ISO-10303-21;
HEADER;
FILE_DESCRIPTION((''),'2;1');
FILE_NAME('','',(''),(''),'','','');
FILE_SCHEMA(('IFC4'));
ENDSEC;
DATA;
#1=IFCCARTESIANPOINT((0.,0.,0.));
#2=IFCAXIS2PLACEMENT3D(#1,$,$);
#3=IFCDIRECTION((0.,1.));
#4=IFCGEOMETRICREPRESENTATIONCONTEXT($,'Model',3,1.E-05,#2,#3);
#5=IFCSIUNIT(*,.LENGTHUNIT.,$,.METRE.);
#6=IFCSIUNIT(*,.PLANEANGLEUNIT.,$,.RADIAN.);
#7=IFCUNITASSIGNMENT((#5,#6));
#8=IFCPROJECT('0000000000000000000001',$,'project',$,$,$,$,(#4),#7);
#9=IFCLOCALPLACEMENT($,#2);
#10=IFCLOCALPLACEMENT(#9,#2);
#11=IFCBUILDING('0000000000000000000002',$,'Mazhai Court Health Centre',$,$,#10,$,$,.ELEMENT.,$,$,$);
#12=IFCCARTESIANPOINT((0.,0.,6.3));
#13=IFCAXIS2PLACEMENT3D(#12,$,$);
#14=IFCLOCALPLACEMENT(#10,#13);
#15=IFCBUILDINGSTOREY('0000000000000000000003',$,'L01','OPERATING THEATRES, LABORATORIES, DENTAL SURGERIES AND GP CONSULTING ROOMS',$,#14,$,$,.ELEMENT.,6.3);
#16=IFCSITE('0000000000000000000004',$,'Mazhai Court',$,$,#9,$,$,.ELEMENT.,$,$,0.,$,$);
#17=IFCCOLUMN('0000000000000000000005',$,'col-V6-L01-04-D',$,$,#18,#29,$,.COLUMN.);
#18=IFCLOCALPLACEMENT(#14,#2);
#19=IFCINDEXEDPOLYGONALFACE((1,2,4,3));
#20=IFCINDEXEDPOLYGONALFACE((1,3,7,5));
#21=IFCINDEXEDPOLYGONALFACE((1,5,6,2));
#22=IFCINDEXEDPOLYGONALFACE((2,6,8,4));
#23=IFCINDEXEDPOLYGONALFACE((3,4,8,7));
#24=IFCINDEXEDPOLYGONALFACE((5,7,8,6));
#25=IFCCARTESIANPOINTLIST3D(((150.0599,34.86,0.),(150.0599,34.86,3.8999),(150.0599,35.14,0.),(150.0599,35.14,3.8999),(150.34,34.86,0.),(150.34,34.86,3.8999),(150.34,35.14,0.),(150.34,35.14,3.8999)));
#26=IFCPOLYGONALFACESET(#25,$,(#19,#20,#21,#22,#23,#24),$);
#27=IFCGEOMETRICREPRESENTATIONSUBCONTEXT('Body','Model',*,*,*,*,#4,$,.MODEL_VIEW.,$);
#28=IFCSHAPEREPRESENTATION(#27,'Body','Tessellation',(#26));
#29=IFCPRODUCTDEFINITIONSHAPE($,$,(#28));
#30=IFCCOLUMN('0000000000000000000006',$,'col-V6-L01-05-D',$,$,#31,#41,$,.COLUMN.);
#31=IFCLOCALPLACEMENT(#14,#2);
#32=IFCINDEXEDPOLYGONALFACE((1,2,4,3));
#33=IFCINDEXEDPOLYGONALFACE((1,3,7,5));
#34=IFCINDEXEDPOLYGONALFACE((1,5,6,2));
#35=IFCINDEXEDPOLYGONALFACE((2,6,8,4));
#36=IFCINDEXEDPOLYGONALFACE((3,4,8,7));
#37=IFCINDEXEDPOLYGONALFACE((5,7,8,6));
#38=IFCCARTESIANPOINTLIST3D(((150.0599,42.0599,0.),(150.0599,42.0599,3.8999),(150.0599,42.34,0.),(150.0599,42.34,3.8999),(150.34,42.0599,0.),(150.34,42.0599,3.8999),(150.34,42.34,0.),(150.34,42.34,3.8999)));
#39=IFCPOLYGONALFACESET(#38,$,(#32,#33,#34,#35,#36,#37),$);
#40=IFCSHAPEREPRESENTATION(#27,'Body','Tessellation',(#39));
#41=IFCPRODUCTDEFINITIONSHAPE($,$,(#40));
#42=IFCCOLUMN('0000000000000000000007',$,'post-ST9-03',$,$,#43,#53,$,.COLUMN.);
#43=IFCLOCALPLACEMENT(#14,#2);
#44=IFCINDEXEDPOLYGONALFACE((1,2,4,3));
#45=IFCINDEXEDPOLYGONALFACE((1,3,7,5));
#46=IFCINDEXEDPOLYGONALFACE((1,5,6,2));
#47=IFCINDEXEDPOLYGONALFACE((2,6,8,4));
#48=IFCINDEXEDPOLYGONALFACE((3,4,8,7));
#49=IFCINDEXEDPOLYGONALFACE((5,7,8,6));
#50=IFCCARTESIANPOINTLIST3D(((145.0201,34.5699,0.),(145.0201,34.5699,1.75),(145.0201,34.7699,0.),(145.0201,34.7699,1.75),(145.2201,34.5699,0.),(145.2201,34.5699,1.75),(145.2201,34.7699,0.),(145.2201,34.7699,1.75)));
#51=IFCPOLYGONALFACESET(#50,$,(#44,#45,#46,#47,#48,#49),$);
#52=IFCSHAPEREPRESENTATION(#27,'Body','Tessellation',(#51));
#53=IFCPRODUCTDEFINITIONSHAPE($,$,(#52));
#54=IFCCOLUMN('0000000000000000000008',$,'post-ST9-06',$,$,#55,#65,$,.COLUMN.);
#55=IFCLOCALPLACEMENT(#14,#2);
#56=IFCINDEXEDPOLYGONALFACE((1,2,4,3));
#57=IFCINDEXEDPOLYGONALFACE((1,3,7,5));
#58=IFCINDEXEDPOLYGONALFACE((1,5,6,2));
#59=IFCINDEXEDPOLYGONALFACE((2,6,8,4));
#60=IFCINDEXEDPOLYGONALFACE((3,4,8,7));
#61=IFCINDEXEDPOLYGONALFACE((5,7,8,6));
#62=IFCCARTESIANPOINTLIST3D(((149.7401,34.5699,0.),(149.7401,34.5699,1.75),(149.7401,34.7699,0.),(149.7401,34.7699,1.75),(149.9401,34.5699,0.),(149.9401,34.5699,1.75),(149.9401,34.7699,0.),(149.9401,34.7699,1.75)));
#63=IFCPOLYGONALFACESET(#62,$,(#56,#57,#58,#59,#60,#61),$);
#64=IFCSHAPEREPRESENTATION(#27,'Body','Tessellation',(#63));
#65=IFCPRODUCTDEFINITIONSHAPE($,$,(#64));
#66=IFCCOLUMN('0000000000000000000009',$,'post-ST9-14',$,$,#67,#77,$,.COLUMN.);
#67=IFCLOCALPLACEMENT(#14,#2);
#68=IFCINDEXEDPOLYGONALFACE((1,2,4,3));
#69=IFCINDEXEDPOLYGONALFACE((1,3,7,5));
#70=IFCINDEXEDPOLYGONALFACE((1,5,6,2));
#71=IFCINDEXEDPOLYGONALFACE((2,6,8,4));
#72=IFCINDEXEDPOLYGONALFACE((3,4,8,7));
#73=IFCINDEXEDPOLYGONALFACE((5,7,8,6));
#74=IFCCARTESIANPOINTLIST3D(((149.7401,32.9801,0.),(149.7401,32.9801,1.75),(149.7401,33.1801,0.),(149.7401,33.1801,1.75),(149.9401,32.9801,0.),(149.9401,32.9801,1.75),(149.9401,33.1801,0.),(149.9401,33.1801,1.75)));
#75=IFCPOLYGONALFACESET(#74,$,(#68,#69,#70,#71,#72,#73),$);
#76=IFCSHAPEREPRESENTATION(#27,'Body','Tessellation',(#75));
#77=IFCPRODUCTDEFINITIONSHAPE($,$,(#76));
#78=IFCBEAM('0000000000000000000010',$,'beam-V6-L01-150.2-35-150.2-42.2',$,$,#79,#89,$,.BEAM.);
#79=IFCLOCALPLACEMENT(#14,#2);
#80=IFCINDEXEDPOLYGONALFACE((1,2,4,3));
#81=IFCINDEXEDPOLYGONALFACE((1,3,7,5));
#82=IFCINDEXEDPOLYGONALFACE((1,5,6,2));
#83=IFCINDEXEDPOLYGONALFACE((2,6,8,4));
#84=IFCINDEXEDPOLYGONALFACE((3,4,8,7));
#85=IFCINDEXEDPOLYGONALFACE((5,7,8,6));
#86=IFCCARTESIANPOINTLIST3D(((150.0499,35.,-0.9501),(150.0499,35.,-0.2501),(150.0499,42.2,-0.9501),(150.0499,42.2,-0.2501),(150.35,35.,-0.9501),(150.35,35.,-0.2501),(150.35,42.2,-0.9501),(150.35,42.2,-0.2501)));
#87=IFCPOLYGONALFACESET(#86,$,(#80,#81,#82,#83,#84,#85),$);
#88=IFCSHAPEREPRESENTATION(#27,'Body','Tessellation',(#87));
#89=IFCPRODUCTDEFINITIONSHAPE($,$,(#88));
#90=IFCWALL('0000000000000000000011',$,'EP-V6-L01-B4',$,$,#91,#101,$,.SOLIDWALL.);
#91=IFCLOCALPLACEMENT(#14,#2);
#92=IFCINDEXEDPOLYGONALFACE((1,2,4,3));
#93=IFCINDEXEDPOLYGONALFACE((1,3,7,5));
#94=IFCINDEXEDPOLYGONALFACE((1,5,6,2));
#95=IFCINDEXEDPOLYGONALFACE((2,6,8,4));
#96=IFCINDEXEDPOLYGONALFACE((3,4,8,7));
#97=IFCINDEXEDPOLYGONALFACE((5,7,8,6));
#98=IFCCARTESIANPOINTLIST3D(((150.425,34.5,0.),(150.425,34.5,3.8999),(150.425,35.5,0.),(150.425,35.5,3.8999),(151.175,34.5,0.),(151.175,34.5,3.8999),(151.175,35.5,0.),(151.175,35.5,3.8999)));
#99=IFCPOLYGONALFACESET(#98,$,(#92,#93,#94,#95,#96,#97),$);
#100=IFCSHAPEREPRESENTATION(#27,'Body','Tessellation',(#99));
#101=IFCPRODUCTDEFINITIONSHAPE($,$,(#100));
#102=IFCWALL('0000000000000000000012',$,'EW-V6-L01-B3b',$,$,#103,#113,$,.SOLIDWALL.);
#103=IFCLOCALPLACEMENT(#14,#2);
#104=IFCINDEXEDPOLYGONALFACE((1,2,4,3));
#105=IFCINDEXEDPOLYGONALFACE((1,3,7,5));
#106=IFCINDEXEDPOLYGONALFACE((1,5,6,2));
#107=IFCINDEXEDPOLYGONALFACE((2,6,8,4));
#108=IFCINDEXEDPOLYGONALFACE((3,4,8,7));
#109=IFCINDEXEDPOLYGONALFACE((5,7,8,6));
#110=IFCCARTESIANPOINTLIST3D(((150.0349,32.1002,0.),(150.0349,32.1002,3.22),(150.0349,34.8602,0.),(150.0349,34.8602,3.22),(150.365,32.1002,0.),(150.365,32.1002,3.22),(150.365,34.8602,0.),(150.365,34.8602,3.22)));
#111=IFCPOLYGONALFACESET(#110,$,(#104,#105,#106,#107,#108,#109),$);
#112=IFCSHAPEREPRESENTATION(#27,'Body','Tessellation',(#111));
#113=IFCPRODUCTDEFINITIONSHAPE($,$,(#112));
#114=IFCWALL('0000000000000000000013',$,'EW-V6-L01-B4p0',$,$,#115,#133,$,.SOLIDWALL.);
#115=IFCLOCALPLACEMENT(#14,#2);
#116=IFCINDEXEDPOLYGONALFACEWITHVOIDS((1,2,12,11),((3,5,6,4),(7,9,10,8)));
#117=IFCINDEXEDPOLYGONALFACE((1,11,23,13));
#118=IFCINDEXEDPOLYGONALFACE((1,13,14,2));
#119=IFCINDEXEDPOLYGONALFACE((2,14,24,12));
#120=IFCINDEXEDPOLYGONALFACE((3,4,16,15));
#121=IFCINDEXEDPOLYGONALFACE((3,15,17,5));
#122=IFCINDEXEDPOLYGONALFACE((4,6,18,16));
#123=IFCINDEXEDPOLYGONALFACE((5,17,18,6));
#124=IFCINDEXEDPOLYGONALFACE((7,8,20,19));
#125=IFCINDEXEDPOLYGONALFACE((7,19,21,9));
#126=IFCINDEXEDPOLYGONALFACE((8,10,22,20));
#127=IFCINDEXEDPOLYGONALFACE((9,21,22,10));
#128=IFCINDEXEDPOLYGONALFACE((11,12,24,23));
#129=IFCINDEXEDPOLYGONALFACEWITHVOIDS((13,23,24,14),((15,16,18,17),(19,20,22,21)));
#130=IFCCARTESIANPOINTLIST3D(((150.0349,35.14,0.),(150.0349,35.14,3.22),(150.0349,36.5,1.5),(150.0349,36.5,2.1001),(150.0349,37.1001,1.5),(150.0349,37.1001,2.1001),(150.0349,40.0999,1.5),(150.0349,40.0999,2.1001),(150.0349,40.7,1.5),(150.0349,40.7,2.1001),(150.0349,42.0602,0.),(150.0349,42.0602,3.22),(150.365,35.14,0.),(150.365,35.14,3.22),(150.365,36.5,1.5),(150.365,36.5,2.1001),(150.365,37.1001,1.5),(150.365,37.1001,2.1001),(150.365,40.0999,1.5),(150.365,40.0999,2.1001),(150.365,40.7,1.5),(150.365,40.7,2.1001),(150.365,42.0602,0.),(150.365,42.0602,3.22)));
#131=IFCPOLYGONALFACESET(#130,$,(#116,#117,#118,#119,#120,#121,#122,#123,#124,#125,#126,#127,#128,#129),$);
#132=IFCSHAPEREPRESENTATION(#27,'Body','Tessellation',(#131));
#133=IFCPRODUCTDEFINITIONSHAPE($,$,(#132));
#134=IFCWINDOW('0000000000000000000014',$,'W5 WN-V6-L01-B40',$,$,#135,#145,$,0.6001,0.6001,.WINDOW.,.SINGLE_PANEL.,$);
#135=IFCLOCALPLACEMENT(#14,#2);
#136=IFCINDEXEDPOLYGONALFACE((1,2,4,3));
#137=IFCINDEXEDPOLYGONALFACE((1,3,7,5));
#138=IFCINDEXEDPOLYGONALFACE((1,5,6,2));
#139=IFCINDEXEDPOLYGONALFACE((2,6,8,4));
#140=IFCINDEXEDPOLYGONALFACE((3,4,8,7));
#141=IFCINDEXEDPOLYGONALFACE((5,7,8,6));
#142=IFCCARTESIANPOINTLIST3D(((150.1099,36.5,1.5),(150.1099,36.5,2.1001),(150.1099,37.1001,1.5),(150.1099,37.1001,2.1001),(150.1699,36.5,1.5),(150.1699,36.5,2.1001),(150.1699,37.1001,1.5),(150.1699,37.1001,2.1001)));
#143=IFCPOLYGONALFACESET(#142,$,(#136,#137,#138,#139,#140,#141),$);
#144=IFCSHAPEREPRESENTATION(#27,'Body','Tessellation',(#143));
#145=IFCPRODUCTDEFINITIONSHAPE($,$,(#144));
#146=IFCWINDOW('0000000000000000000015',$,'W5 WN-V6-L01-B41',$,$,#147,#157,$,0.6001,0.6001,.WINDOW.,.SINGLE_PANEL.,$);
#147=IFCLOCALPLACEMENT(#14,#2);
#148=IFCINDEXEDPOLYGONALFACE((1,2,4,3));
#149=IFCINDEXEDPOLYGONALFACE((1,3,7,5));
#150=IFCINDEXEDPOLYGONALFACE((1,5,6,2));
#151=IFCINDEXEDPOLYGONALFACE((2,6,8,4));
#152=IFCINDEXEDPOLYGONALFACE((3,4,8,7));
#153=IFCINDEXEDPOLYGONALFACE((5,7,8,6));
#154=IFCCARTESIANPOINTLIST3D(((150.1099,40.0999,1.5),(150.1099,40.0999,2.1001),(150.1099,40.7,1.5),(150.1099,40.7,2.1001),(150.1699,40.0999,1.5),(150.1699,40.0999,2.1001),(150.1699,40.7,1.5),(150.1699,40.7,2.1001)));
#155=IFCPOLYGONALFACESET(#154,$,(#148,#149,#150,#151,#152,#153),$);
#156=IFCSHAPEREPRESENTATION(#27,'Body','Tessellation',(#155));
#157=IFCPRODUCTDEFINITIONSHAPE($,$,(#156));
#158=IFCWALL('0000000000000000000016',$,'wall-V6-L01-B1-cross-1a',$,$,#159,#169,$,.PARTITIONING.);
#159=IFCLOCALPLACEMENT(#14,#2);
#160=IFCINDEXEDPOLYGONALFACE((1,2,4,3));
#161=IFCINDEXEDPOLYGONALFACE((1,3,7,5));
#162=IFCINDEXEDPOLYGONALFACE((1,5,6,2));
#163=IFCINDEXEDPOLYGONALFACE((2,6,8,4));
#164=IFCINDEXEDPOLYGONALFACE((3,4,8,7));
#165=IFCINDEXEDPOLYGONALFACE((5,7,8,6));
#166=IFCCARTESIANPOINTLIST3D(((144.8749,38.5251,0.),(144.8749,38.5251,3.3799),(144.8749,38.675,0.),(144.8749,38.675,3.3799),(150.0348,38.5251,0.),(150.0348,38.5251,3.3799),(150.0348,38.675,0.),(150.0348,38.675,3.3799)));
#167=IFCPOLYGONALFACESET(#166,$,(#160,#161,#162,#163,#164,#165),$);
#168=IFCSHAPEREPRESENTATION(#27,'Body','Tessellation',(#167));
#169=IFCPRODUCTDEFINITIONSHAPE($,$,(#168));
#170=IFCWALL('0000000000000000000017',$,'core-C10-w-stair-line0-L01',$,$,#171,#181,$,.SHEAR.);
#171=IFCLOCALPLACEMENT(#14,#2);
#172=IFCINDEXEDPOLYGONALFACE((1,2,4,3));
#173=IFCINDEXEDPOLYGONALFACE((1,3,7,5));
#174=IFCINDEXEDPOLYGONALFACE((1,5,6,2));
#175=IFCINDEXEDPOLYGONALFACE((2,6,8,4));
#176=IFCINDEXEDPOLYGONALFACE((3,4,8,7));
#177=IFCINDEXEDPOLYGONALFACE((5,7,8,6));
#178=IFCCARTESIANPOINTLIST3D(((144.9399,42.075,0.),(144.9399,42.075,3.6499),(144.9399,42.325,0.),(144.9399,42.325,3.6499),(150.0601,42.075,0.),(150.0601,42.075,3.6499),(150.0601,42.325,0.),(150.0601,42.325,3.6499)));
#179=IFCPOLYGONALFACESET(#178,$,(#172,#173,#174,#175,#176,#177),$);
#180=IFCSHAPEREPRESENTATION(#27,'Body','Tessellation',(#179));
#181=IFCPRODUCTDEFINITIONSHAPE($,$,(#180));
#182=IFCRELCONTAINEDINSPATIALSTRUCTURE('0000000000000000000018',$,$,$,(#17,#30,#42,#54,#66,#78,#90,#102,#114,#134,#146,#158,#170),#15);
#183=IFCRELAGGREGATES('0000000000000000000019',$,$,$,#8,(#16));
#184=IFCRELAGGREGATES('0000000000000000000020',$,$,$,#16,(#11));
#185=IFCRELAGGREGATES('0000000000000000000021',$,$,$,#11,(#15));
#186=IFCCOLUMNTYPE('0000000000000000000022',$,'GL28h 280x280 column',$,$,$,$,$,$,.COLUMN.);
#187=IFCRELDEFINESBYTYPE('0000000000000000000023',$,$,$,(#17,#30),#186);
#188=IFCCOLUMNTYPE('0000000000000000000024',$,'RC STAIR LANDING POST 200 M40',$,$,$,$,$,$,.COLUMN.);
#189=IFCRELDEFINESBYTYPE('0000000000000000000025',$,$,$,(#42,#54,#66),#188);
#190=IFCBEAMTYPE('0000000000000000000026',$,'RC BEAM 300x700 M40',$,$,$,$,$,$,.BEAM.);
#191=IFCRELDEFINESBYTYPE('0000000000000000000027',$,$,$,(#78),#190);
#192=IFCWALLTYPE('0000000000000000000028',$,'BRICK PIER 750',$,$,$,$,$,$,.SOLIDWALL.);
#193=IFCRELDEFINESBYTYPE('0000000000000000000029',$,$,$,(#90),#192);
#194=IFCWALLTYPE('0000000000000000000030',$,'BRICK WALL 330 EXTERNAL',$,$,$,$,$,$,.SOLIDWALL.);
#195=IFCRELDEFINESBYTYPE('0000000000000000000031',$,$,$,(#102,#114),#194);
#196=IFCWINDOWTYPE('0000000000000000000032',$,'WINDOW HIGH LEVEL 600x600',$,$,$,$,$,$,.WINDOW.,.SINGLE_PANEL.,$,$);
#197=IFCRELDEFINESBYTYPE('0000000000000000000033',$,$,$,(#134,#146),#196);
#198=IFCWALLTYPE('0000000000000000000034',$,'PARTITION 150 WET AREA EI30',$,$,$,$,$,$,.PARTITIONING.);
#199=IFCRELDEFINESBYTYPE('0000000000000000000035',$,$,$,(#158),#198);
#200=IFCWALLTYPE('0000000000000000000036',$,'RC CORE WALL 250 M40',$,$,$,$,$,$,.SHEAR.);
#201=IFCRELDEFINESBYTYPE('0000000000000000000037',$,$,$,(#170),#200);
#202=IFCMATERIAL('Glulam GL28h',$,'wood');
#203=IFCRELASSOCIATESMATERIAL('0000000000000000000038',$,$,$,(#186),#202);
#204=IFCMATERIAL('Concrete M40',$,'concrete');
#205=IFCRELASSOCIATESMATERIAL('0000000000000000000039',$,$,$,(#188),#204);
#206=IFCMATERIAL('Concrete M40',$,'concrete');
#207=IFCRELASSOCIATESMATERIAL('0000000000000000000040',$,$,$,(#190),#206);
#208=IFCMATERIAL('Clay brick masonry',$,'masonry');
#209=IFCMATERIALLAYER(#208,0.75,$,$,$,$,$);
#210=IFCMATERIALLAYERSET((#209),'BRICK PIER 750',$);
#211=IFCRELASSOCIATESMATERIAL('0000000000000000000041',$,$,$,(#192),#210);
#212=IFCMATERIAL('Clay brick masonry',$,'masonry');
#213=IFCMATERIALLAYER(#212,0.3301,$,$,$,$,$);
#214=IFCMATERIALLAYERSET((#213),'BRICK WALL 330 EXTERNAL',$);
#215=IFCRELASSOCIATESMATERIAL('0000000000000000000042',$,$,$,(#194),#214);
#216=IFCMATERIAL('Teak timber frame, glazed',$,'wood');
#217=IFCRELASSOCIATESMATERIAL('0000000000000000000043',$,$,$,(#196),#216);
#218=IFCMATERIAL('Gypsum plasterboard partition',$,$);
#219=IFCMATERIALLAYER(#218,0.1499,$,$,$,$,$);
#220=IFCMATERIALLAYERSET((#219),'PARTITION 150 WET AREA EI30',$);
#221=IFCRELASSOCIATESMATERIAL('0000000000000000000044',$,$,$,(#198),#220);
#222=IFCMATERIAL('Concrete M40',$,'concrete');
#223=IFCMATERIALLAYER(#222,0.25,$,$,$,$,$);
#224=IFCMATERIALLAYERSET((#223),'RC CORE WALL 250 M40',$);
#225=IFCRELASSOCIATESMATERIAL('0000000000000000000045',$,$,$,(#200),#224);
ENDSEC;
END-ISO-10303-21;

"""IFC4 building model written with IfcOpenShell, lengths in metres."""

from ifc_helpers import new_model, si_unit, direction, frame, frame_2d, origin, origin_2d, place, context, subcontext, project, spatial, rectangle, extrude, material, layer, layer_set, material_profile, profile_set, type_object, element, fill, save


model = new_model("IFC4")

# Units and contexts
model_context = context("Model", 3, precision=1e-05, world=origin(), true_north=direction((0.0, 1.0)))
body_context = subcontext(model_context, "Body", "Model", "MODEL_VIEW")
ifc_project = project(units=[si_unit("LENGTHUNIT", "METRE"), si_unit("PLANEANGLEUNIT", "RADIAN")], contexts=[model_context])

# Site, building, storey
site_placement = place(None, origin())
site = spatial("IfcSite", under=ifc_project, at=site_placement, Name="Mazhai Court", CompositionType="ELEMENT", RefElevation=0.0)
building_placement = place(site_placement, origin())
building = spatial("IfcBuilding", under=site, at=building_placement, Name="Mazhai Court Health Centre", CompositionType="ELEMENT")
storey_placement = place(building_placement, frame((0.0, 0.0, 6.3)))
storey = spatial("IfcBuildingStorey", under=building, at=storey_placement, Name="L01", Description="OPERATING THEATRES, LABORATORIES, DENTAL SURGERIES AND GP CONSULTING ROOMS", CompositionType="ELEMENT", Elevation=6.3)

# Columns
ifc_material_1 = material(Name="Glulam GL28h", Category="wood")
ifc_material_profile_1 = material_profile(ifc_material_1, rectangle(XDim=0.28, YDim=0.28, at=origin_2d()), Name="GL28h 280x280")
ifc_profile_set_1 = profile_set([ifc_material_profile_1], Name="Glulam GL28h")
column_type_1 = type_object("IfcColumnType", Name="GL28h 280x280 column", PredefinedType="COLUMN", material=ifc_profile_set_1)
for number, where, z_axis, x_axis, name in (
    (1, (150.2, 35.0, 0.0), (0.0, 0.0, 1.0), (1.0, 0.0, 0.0), "col-V6-L01-04-D"),
    (2, (150.2, 42.2, 0.0), (0.0, 0.0, 1.0), (1.0, 0.0, 0.0), "col-V6-L01-05-D"),
):
    element("IfcColumn", number, at=place(storey_placement, frame(where, z_axis=z_axis, x_axis=x_axis)), inside=storey, type_object=column_type_1, Name=name, PredefinedType="COLUMN", context=body_context, shape_type="SweptSolid", body=[
        extrude(rectangle(XDim=0.28, YDim=0.28, at=origin_2d()), origin(), (0.0, 0.0, 1.0), 3.8999),
    ])
ifc_material_2 = material(Name="Concrete M40", Category="concrete")
ifc_material_profile_2 = material_profile(ifc_material_2, rectangle(XDim=0.2, YDim=0.2, at=origin_2d()), Name="RC 200x200")
ifc_profile_set_2 = profile_set([ifc_material_profile_2], Name="Concrete M40")
column_type_2 = type_object("IfcColumnType", Name="RC STAIR LANDING POST 200 M40", PredefinedType="COLUMN", material=ifc_profile_set_2)
for number, where, z_axis, x_axis, name in (
    (3, (145.1201, 34.6699, 0.0), (0.0, 0.0, 1.0), (1.0, 0.0, 0.0), "post-ST9-03"),
    (4, (149.8401, 34.6699, 0.0), (0.0, 0.0, 1.0), (1.0, 0.0, 0.0), "post-ST9-06"),
    (5, (149.8401, 33.0801, 0.0), (0.0, 0.0, 1.0), (1.0, 0.0, 0.0), "post-ST9-14"),
):
    element("IfcColumn", number, at=place(storey_placement, frame(where, z_axis=z_axis, x_axis=x_axis)), inside=storey, type_object=column_type_2, Name=name, PredefinedType="COLUMN", context=body_context, shape_type="SweptSolid", body=[
        extrude(rectangle(XDim=0.2, YDim=0.2, at=origin_2d()), origin(), (0.0, 0.0, 1.0), 1.75),
    ])

# Beam
ifc_material_3 = material(Name="Concrete M40", Category="concrete")
ifc_material_profile_3 = material_profile(ifc_material_3, rectangle(XDim=0.3, YDim=0.7, at=origin_2d()), Name="RC 300x700")
ifc_profile_set_3 = profile_set([ifc_material_profile_3], Name="Concrete M40")
beam_type = type_object("IfcBeamType", Name="RC BEAM 300x700 M40", PredefinedType="BEAM", material=ifc_profile_set_3)
beam_placement = place(storey_placement, frame((150.2, 35.0, -0.6001), z_axis=(0.0, 1.0, 0.0), x_axis=(-1.0, 0.0, 0.0)))
element("IfcBeam", 6, at=beam_placement, inside=storey, type_object=beam_type, Name="beam-V6-L01-150.2-35-150.2-42.2", PredefinedType="BEAM", context=body_context, shape_type="SweptSolid", body=[
    extrude(rectangle(XDim=0.3, YDim=0.7, at=origin_2d()), origin(), (0.0, 0.0, 1.0), 7.2),
])

# Walls
ifc_material_4 = material(Name="Clay brick masonry", Category="masonry")
ifc_layer_1 = layer(ifc_material_4, 0.75)
ifc_layer_set_1 = layer_set([ifc_layer_1], Name="BRICK PIER 750")
wall_type_1 = type_object("IfcWallType", Name="BRICK PIER 750", PredefinedType="SOLIDWALL", material=ifc_layer_set_1)
wall_1_placement = place(storey_placement, frame((150.8, 35.5, 0.0), z_axis=(0.0, 0.0, 1.0), x_axis=(0.0, -1.0, 0.0)))
element("IfcWall", 7, at=wall_1_placement, inside=storey, type_object=wall_type_1, Name="EP-V6-L01-B4", PredefinedType="SOLIDWALL", context=body_context, shape_type="SweptSolid", body=[
    extrude(rectangle(XDim=1.0, YDim=0.75, at=frame_2d((0.5, 0.0))), origin(), (0.0, 0.0, 1.0), 3.8999),
])
ifc_material_5 = material(Name="Clay brick masonry", Category="masonry")
ifc_layer_2 = layer(ifc_material_5, 0.3301)
ifc_layer_set_2 = layer_set([ifc_layer_2], Name="BRICK WALL 330 EXTERNAL")
wall_type_2 = type_object("IfcWallType", Name="BRICK WALL 330 EXTERNAL", PredefinedType="SOLIDWALL", material=ifc_layer_set_2)
wall_2_placement = place(storey_placement, frame((150.2, 34.8601, 0.0), z_axis=(0.0, 0.0, 1.0), x_axis=(0.0, -1.0, 0.0)))
element("IfcWall", 8, at=wall_2_placement, inside=storey, type_object=wall_type_2, Name="EW-V6-L01-B3b", PredefinedType="SOLIDWALL", context=body_context, shape_type="SweptSolid", body=[
    extrude(rectangle(XDim=2.76, YDim=0.3301, at=frame_2d((1.3799, 0.0))), origin(), (0.0, 0.0, 1.0), 3.22),
])

# Wall, openings, windows
wall_3_placement = place(storey_placement, frame((150.2, 42.0601, 0.0), z_axis=(0.0, 0.0, 1.0), x_axis=(0.0, -1.0, 0.0)))
wall_3 = element("IfcWall", 9, at=wall_3_placement, inside=storey, type_object=wall_type_2, Name="EW-V6-L01-B4p0", PredefinedType="SOLIDWALL", context=body_context, shape_type="SweptSolid", body=[
    extrude(rectangle(XDim=6.9202, YDim=0.3301, at=frame_2d((3.46, 0.0))), origin(), (0.0, 0.0, 1.0), 3.22),
])
opening_1_placement = place(wall_3_placement, frame((4.96, 0.0, 1.5)))
opening_1 = element("IfcOpeningElement", 10, at=opening_1_placement, cuts=wall_3, PredefinedType="OPENING", context=body_context, shape_type="SweptSolid", body=[
    extrude(rectangle(XDim=0.6001, YDim=0.6001, at=frame_2d((0.3, 0.3))), frame((0.0, 0.175, 0.0), z_axis=(0.0, -1.0, 0.0), x_axis=(1.0, 0.0, 0.0)), (0.0, 0.0, 1.0), 0.3501),
])
opening_2_placement = place(wall_3_placement, frame((1.3601, 0.0, 1.5)))
opening_2 = element("IfcOpeningElement", 11, at=opening_2_placement, cuts=wall_3, PredefinedType="OPENING", context=body_context, shape_type="SweptSolid", body=[
    extrude(rectangle(XDim=0.6001, YDim=0.6001, at=frame_2d((0.3, 0.3))), frame((0.0, 0.175, 0.0), z_axis=(0.0, -1.0, 0.0), x_axis=(1.0, 0.0, 0.0)), (0.0, 0.0, 1.0), 0.3501),
])
ifc_material_6 = material(Name="Teak timber frame, glazed", Category="wood")
window_type = type_object("IfcWindowType", Name="WINDOW HIGH LEVEL 600x600", PartitioningType="SINGLE_PANEL", PredefinedType="WINDOW", material=ifc_material_6)
window_1_placement = place(opening_1_placement, origin())
window_1 = element("IfcWindow", 12, at=window_1_placement, inside=storey, type_object=window_type, Name="W5 WN-V6-L01-B40", OverallHeight=0.6001, OverallWidth=0.6001, PartitioningType="SINGLE_PANEL", PredefinedType="WINDOW", context=body_context, shape_type="SweptSolid", body=[
    extrude(rectangle(XDim=0.6001, YDim=0.6001, at=frame_2d((0.3, 0.3))), frame((0.0, -0.03, 0.0), z_axis=(0.0, -1.0, 0.0), x_axis=(1.0, 0.0, 0.0)), (0.0, 0.0, 1.0), 0.0601),
])
fill(opening_1, window_1)
window_2_placement = place(opening_2_placement, origin())
window_2 = element("IfcWindow", 13, at=window_2_placement, inside=storey, type_object=window_type, Name="W5 WN-V6-L01-B41", OverallHeight=0.6001, OverallWidth=0.6001, PartitioningType="SINGLE_PANEL", PredefinedType="WINDOW", context=body_context, shape_type="SweptSolid", body=[
    extrude(rectangle(XDim=0.6001, YDim=0.6001, at=frame_2d((0.3, 0.3))), frame((0.0, -0.03, 0.0), z_axis=(0.0, -1.0, 0.0), x_axis=(1.0, 0.0, 0.0)), (0.0, 0.0, 1.0), 0.0601),
])
fill(opening_2, window_2)

# Walls
ifc_material_7 = material(Name="Gypsum plasterboard partition")
ifc_layer_3 = layer(ifc_material_7, 0.1499)
ifc_layer_set_3 = layer_set([ifc_layer_3], Name="PARTITION 150 WET AREA EI30")
wall_type_3 = type_object("IfcWallType", Name="PARTITION 150 WET AREA EI30", PredefinedType="PARTITIONING", material=ifc_layer_set_3)
wall_4_placement = place(storey_placement, frame((150.0349, 38.6001, 0.0), z_axis=(0.0, 0.0, 1.0), x_axis=(-1.0, 0.0, 0.0)))
element("IfcWall", 14, at=wall_4_placement, inside=storey, type_object=wall_type_3, Name="wall-V6-L01-B1-cross-1a", PredefinedType="PARTITIONING", context=body_context, shape_type="SweptSolid", body=[
    extrude(rectangle(XDim=5.1599, YDim=0.1499, at=frame_2d((2.5801, 0.0))), origin(), (0.0, 0.0, 1.0), 3.3799),
])
ifc_material_8 = material(Name="Concrete M40", Category="concrete")
ifc_layer_4 = layer(ifc_material_8, 0.25)
ifc_layer_set_4 = layer_set([ifc_layer_4], Name="RC CORE WALL 250 M40")
wall_type_4 = type_object("IfcWallType", Name="RC CORE WALL 250 M40", PredefinedType="SHEAR", material=ifc_layer_set_4)
wall_5_placement = place(storey_placement, frame((144.9399, 42.2, 0.0), z_axis=(0.0, 0.0, 1.0), x_axis=(1.0, 0.0, 0.0)))
element("IfcWall", 15, at=wall_5_placement, inside=storey, type_object=wall_type_4, Name="core-C10-w-stair-line0-L01", PredefinedType="SHEAR", context=body_context, shape_type="SweptSolid", body=[
    extrude(rectangle(XDim=5.1201, YDim=0.25, at=frame_2d((2.5601, 0.0))), origin(), (0.0, 0.0, 1.0), 3.6499),
])

save(model, "model.ifc")
